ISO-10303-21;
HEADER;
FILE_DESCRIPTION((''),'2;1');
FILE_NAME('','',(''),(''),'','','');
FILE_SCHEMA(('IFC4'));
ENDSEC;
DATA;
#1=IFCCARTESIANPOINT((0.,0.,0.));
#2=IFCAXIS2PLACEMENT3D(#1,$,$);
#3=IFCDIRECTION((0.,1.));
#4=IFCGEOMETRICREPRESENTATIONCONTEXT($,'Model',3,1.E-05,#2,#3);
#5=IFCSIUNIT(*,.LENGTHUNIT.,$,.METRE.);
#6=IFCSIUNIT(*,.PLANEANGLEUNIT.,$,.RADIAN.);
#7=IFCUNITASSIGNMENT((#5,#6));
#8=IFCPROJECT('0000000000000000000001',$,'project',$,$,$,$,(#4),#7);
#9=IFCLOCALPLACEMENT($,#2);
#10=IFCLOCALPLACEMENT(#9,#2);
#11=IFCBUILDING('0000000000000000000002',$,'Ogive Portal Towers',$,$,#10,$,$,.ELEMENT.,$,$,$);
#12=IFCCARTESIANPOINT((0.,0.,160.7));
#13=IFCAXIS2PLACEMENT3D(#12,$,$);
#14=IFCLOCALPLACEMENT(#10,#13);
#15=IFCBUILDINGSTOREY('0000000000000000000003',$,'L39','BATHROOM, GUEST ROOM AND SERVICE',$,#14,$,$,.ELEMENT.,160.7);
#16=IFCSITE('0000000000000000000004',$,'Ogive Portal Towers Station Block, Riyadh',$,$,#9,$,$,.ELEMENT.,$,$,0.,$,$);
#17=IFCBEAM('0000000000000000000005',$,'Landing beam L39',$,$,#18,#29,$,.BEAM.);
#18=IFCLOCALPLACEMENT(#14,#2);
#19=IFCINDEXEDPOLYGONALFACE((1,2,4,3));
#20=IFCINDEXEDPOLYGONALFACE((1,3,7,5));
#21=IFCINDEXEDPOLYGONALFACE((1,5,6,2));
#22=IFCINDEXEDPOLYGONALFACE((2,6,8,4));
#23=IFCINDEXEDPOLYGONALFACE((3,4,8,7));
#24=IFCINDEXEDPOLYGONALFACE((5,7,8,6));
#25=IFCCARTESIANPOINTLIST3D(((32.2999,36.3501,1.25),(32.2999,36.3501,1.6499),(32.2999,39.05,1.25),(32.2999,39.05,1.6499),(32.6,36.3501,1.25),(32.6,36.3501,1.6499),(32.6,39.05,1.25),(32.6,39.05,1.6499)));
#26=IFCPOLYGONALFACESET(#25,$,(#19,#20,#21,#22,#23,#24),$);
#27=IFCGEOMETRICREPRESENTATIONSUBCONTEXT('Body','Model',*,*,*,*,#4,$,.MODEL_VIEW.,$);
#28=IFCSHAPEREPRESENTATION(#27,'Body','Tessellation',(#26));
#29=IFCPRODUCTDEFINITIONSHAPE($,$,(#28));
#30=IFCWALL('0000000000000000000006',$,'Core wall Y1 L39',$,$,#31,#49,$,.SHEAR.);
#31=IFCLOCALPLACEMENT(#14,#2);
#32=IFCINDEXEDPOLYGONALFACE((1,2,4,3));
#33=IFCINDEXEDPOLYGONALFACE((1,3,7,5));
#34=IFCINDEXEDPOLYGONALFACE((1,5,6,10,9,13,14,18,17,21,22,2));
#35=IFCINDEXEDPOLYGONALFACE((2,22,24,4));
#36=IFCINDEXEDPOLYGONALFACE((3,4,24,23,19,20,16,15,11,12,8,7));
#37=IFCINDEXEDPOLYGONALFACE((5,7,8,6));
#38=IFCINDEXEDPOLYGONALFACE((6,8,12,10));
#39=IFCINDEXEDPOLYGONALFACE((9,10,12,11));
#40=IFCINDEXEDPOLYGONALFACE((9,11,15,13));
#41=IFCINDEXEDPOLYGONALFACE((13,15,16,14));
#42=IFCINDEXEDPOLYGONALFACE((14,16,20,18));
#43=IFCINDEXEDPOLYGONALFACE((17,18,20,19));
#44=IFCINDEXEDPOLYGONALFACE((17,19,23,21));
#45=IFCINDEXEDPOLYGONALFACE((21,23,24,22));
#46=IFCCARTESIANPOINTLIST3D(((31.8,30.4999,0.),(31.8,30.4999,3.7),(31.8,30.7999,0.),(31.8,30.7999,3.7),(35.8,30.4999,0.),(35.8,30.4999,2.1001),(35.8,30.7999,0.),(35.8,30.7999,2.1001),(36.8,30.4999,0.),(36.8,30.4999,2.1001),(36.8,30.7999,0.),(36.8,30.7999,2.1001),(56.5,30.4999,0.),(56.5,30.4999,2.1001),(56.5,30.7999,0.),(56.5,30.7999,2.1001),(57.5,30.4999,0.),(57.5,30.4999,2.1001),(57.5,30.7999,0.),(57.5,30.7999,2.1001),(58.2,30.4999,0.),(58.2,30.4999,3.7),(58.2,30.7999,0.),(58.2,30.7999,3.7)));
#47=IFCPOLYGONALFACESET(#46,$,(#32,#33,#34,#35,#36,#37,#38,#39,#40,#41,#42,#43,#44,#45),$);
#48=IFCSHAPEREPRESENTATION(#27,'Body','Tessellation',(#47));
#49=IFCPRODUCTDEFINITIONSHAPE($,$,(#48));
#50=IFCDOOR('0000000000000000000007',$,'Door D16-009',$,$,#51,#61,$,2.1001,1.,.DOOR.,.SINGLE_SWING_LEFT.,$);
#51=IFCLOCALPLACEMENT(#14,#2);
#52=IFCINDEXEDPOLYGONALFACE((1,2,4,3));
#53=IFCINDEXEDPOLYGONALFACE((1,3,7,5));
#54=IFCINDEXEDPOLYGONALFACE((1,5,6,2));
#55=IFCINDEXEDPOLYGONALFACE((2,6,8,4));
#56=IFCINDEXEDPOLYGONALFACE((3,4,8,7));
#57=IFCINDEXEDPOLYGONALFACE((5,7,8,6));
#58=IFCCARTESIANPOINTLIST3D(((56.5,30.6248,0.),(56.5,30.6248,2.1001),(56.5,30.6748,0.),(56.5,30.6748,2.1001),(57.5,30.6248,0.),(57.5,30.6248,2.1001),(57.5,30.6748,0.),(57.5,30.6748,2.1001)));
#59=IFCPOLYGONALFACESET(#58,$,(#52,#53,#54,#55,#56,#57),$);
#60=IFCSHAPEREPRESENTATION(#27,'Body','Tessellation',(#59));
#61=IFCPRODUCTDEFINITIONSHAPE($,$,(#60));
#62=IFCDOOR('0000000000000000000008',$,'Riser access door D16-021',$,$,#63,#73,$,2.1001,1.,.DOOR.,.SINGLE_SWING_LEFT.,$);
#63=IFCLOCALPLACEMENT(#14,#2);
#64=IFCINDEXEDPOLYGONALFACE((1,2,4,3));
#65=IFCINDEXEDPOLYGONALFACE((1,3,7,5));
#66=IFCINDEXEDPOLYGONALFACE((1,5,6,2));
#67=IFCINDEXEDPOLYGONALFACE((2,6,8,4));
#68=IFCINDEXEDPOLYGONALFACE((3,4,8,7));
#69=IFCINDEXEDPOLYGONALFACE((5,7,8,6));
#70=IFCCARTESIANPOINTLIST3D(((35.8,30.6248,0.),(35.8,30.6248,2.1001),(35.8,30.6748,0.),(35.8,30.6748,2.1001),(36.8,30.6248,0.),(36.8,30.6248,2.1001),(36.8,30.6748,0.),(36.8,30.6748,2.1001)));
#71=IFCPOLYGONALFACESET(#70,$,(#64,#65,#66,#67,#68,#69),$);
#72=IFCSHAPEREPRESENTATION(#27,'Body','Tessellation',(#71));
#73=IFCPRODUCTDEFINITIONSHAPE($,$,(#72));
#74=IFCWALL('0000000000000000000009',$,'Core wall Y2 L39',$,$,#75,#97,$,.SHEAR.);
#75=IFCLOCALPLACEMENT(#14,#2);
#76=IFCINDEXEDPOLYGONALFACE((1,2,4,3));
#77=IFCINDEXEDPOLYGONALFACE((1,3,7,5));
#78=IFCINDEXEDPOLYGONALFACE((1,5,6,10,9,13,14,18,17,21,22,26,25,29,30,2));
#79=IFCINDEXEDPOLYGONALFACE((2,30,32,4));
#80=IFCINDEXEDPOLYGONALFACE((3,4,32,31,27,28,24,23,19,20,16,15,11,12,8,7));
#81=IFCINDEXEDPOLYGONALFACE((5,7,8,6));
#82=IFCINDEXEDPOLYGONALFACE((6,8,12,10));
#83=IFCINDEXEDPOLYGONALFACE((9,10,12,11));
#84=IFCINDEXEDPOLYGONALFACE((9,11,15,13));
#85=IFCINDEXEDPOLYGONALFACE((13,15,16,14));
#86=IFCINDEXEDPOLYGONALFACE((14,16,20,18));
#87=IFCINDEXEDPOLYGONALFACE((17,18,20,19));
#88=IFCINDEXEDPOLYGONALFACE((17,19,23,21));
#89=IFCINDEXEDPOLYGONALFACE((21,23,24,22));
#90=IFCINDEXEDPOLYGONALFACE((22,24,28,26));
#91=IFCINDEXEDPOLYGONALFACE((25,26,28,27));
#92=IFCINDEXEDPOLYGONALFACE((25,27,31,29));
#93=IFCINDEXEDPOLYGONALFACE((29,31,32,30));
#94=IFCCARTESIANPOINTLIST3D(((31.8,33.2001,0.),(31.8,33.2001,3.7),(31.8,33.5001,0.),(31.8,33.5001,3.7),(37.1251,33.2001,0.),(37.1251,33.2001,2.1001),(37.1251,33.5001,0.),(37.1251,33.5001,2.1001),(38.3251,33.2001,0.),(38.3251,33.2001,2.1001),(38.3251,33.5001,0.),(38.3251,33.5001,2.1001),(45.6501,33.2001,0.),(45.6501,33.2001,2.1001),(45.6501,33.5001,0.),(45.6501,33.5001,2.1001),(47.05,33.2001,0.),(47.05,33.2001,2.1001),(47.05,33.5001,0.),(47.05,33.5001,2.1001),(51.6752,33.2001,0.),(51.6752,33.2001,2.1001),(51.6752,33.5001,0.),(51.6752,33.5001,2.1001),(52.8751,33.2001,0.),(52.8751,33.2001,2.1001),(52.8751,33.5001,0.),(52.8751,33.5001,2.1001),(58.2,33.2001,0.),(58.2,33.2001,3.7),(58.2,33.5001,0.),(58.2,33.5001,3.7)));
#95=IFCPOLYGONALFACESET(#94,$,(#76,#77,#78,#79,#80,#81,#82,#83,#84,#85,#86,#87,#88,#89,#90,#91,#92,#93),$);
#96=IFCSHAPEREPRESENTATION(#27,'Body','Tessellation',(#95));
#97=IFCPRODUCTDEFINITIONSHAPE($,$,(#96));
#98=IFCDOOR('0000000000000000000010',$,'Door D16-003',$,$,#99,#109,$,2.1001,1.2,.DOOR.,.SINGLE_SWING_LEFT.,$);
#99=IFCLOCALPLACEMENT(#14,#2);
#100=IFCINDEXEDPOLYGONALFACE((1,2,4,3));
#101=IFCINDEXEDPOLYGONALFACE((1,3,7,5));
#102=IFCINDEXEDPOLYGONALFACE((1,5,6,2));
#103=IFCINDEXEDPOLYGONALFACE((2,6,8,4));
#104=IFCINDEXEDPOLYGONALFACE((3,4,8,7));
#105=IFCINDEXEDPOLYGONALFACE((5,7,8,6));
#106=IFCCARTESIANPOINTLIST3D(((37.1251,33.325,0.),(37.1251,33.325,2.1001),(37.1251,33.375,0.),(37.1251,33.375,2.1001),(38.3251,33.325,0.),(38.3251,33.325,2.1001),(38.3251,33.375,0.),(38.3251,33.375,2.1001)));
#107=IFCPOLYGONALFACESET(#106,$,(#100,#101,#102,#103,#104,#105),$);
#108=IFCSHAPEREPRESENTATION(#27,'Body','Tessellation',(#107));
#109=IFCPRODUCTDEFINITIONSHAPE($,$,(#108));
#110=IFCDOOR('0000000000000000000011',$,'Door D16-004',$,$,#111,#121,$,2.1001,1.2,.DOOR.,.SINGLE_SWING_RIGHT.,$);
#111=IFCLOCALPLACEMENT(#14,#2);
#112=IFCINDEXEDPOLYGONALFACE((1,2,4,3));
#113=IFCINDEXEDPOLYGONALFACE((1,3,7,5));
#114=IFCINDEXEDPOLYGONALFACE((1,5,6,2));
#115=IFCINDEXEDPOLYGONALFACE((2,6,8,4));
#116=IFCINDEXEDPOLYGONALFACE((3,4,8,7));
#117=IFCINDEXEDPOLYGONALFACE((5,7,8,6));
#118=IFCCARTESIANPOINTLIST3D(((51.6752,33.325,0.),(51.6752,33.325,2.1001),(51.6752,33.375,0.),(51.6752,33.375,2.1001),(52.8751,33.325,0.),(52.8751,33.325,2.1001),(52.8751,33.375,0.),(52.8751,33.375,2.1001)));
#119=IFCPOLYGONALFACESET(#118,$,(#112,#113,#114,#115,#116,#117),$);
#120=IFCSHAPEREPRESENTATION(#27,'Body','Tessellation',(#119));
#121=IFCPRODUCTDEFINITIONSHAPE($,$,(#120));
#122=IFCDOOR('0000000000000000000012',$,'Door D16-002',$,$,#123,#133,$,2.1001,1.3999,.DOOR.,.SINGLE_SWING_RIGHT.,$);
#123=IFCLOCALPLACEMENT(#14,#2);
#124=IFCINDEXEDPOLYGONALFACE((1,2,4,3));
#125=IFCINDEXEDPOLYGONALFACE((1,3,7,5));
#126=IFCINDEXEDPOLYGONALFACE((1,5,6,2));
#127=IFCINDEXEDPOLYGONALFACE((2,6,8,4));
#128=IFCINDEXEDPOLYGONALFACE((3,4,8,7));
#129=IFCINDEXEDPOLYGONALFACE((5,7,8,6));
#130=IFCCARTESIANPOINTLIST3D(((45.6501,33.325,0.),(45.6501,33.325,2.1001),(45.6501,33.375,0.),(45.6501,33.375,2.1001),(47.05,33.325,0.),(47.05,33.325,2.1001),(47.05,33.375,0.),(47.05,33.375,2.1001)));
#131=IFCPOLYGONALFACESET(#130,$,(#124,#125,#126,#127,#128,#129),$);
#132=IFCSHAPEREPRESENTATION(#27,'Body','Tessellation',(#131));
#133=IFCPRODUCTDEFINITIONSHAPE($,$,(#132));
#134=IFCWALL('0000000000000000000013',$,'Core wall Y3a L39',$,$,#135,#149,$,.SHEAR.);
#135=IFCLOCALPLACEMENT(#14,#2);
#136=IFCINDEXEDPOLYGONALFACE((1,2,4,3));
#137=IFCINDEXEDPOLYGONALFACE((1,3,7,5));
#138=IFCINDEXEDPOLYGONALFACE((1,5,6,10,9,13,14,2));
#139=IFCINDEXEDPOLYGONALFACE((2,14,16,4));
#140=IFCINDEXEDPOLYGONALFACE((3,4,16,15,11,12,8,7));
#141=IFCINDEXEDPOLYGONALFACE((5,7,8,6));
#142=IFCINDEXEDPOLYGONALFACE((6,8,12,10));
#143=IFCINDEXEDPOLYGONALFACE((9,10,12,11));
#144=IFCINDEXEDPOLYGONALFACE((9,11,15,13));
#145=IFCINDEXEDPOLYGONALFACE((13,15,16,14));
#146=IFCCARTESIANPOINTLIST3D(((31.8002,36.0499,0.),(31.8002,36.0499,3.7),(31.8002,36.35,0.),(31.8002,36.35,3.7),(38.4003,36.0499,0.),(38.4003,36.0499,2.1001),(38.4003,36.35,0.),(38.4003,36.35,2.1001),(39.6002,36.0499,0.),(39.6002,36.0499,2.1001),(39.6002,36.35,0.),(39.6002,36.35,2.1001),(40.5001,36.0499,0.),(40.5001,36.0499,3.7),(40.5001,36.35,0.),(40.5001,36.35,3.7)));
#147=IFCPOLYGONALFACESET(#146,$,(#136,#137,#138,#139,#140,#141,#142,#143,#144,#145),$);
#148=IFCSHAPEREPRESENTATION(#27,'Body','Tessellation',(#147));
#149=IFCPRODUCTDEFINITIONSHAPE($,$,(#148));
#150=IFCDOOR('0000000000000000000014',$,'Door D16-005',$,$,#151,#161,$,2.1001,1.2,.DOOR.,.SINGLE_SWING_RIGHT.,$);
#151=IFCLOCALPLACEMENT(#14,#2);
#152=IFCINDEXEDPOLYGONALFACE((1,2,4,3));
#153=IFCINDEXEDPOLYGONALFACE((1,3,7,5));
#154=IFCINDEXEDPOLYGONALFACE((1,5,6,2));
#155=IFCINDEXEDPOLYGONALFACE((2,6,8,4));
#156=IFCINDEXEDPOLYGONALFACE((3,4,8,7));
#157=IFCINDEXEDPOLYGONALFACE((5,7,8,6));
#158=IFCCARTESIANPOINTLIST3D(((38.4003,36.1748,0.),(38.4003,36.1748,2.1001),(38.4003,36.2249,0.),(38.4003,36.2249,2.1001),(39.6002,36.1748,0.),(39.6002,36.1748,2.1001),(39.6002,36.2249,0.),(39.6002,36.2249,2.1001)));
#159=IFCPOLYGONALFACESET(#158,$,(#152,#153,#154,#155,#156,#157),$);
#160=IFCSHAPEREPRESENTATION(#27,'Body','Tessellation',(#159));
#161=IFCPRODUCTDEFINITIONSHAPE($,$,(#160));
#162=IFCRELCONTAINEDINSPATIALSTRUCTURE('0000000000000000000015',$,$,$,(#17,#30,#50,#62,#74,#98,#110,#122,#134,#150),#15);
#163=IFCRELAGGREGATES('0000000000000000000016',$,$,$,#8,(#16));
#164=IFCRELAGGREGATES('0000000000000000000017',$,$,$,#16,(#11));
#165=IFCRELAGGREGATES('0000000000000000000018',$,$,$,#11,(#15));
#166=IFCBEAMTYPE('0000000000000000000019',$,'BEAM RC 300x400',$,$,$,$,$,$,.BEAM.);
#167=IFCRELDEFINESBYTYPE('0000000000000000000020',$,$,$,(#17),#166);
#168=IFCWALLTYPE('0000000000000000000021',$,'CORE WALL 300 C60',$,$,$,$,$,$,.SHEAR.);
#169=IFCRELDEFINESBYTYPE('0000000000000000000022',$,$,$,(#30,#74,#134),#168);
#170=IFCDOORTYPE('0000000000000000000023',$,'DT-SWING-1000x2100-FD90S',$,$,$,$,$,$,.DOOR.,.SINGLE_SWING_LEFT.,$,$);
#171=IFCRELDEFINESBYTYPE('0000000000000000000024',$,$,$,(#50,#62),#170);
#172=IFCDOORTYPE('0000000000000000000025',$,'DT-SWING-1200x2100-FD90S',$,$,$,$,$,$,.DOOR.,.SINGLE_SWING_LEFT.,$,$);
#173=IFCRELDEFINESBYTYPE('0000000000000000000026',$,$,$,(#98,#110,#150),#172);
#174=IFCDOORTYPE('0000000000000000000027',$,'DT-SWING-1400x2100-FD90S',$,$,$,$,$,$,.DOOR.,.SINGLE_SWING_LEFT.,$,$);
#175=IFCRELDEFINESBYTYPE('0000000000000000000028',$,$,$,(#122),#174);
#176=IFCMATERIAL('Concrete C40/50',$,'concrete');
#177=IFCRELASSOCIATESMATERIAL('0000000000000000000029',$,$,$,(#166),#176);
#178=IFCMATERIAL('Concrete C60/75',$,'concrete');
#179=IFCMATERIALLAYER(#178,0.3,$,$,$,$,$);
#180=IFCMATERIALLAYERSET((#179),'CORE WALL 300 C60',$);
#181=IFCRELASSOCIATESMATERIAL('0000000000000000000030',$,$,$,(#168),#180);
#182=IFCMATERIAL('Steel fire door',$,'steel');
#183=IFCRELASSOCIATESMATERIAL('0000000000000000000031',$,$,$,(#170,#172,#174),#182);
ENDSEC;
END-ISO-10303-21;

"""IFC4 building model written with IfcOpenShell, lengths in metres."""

from ifc_helpers import new_model, si_unit, direction, frame, frame_2d, origin, origin_2d, place, context, subcontext, project, spatial, rectangle, extrude, material, layer, layer_set, material_profile, profile_set, type_object, element, fill, save


model = new_model("IFC4")

# Units and contexts
model_context = context("Model", 3, precision=1e-05, world=origin(), true_north=direction((0.0, 1.0)))
body_context = subcontext(model_context, "Body", "Model", "MODEL_VIEW")
ifc_project = project(units=[si_unit("LENGTHUNIT", "METRE"), si_unit("PLANEANGLEUNIT", "RADIAN")], contexts=[model_context])

# Site, building, storey
site_placement = place(None, origin())
site = spatial("IfcSite", under=ifc_project, at=site_placement, Name="Ogive Portal Towers Station Block, Riyadh", CompositionType="ELEMENT", RefElevation=0.0)
building_placement = place(site_placement, origin())
building = spatial("IfcBuilding", under=site, at=building_placement, Name="Ogive Portal Towers", CompositionType="ELEMENT")
storey_placement = place(building_placement, frame((0.0, 0.0, 160.7)))
storey = spatial("IfcBuildingStorey", under=building, at=storey_placement, Name="L39", Description="BATHROOM, GUEST ROOM AND SERVICE", CompositionType="ELEMENT", Elevation=160.7)

# Beam
ifc_material_1 = material(Name="Concrete C40/50", Category="concrete")
ifc_material_profile = material_profile(ifc_material_1, rectangle(XDim=0.3, YDim=0.3999, at=origin_2d()), Name="RC 300x400")
ifc_profile_set = profile_set([ifc_material_profile], Name="Concrete C40/50")
beam_type = type_object("IfcBeamType", Name="BEAM RC 300x400", PredefinedType="BEAM", material=ifc_profile_set)
beam_placement = place(storey_placement, frame((32.45, 36.3501, 1.45), z_axis=(0.0, 1.0, 0.0), x_axis=(-1.0, 0.0, 0.0)))
element("IfcBeam", 1, at=beam_placement, inside=storey, type_object=beam_type, Name="Landing beam L39", PredefinedType="BEAM", context=body_context, shape_type="SweptSolid", body=[
    extrude(rectangle(XDim=0.3, YDim=0.3999, at=origin_2d()), origin(), (0.0, 0.0, 1.0), 2.7),
])

# Walls, openings, doors
ifc_material_2 = material(Name="Concrete C60/75", Category="concrete")
ifc_layer_1 = layer(ifc_material_2, 0.3)
ifc_layer_set_1 = layer_set([ifc_layer_1], Name="CORE WALL 300 C60")
wall_type_1 = type_object("IfcWallType", Name="CORE WALL 300 C60", PredefinedType="SHEAR", material=ifc_layer_set_1)
wall_1_placement = place(storey_placement, frame((31.8, 30.6499, 0.0), z_axis=(0.0, 0.0, 1.0), x_axis=(1.0, 0.0, 0.0)))
wall_1 = element("IfcWall", 2, at=wall_1_placement, inside=storey, type_object=wall_type_1, Name="Core wall Y1 L39", PredefinedType="SHEAR", context=body_context, shape_type="SweptSolid", body=[
    extrude(rectangle(XDim=26.3999, YDim=0.3, at=frame_2d((13.2, 0.0))), origin(), (0.0, 0.0, 1.0), 3.7),
])
opening_1_placement = place(wall_1_placement, frame((24.7, 0.0, 0.0)))
opening_1 = element("IfcOpeningElement", 3, at=opening_1_placement, cuts=wall_1, PredefinedType="OPENING", context=body_context, shape_type="SweptSolid", body=[
    extrude(rectangle(XDim=1.0, YDim=2.1001, at=frame_2d((0.5, 1.05))), frame((0.0, 0.1602, 0.0), z_axis=(0.0, -1.0, 0.0), x_axis=(1.0, 0.0, 0.0)), (0.0, 0.0, 1.0), 0.3201),
])
opening_2_placement = place(wall_1_placement, frame((4.0, 0.0, 0.0)))
opening_2 = element("IfcOpeningElement", 4, at=opening_2_placement, cuts=wall_1, PredefinedType="OPENING", context=body_context, shape_type="SweptSolid", body=[
    extrude(rectangle(XDim=1.0, YDim=2.1001, at=frame_2d((0.5, 1.05))), frame((0.0, 0.1602, 0.0), z_axis=(0.0, -1.0, 0.0), x_axis=(1.0, 0.0, 0.0)), (0.0, 0.0, 1.0), 0.3201),
])
ifc_material_3 = material(Name="Steel fire door", Category="steel")
door_type_1 = type_object("IfcDoorType", Name="DT-SWING-1000x2100-FD90S", OperationType="SINGLE_SWING_LEFT", PredefinedType="DOOR", material=ifc_material_3)
door_1_placement = place(opening_1_placement, origin())
door_1 = element("IfcDoor", 5, at=door_1_placement, inside=storey, type_object=door_type_1, Name="Door D16-009", OperationType="SINGLE_SWING_LEFT", OverallHeight=2.1001, OverallWidth=1.0, PredefinedType="DOOR", context=body_context, shape_type="SweptSolid", body=[
    extrude(rectangle(XDim=1.0, YDim=2.1001, at=frame_2d((0.5, 1.05))), frame((0.0, 0.0249, 0.0), z_axis=(0.0, -1.0, 0.0), x_axis=(1.0, 0.0, 0.0)), (0.0, 0.0, 1.0), 0.05),
])
fill(opening_1, door_1)
door_2_placement = place(opening_2_placement, origin())
door_2 = element("IfcDoor", 6, at=door_2_placement, inside=storey, type_object=door_type_1, Name="Riser access door D16-021", OperationType="SINGLE_SWING_LEFT", OverallHeight=2.1001, OverallWidth=1.0, PredefinedType="DOOR", context=body_context, shape_type="SweptSolid", body=[
    extrude(rectangle(XDim=1.0, YDim=2.1001, at=frame_2d((0.5, 1.05))), frame((0.0, 0.0249, 0.0), z_axis=(0.0, -1.0, 0.0), x_axis=(1.0, 0.0, 0.0)), (0.0, 0.0, 1.0), 0.05),
])
fill(opening_2, door_2)
wall_2_placement = place(storey_placement, frame((31.8, 33.3501, 0.0), z_axis=(0.0, 0.0, 1.0), x_axis=(1.0, 0.0, 0.0)))
wall_2 = element("IfcWall", 7, at=wall_2_placement, inside=storey, type_object=wall_type_1, Name="Core wall Y2 L39", PredefinedType="SHEAR", context=body_context, shape_type="SweptSolid", body=[
    extrude(rectangle(XDim=26.3999, YDim=0.3, at=frame_2d((13.2, 0.0))), origin(), (0.0, 0.0, 1.0), 3.7),
])
opening_3_placement = place(wall_2_placement, frame((13.8501, 0.0, 0.0)))
opening_3 = element("IfcOpeningElement", 8, at=opening_3_placement, cuts=wall_2, PredefinedType="OPENING", context=body_context, shape_type="SweptSolid", body=[
    extrude(rectangle(XDim=1.3999, YDim=2.1001, at=frame_2d((0.7, 1.05))), frame((0.0, 0.1602, 0.0), z_axis=(0.0, -1.0, 0.0), x_axis=(1.0, 0.0, 0.0)), (0.0, 0.0, 1.0), 0.3201),
])
opening_4_placement = place(wall_2_placement, frame((5.325, 0.0, 0.0)))
opening_4 = element("IfcOpeningElement", 9, at=opening_4_placement, cuts=wall_2, PredefinedType="OPENING", context=body_context, shape_type="SweptSolid", body=[
    extrude(rectangle(XDim=1.2, YDim=2.1001, at=frame_2d((0.6001, 1.05))), frame((0.0, 0.1602, 0.0), z_axis=(0.0, -1.0, 0.0), x_axis=(1.0, 0.0, 0.0)), (0.0, 0.0, 1.0), 0.3201),
])
opening_5_placement = place(wall_2_placement, frame((19.875, 0.0, 0.0)))
opening_5 = element("IfcOpeningElement", 10, at=opening_5_placement, cuts=wall_2, PredefinedType="OPENING", context=body_context, shape_type="SweptSolid", body=[
    extrude(rectangle(XDim=1.2, YDim=2.1001, at=frame_2d((0.6001, 1.05))), frame((0.0, 0.1602, 0.0), z_axis=(0.0, -1.0, 0.0), x_axis=(1.0, 0.0, 0.0)), (0.0, 0.0, 1.0), 0.3201),
])
door_type_2 = type_object("IfcDoorType", Name="DT-SWING-1200x2100-FD90S", OperationType="SINGLE_SWING_LEFT", PredefinedType="DOOR", material=ifc_material_3)
door_3_placement = place(opening_4_placement, origin())
door_3 = element("IfcDoor", 11, at=door_3_placement, inside=storey, type_object=door_type_2, Name="Door D16-003", OperationType="SINGLE_SWING_LEFT", OverallHeight=2.1001, OverallWidth=1.2, PredefinedType="DOOR", context=body_context, shape_type="SweptSolid", body=[
    extrude(rectangle(XDim=1.2, YDim=2.1001, at=frame_2d((0.6001, 1.05))), frame((0.0, 0.0249, 0.0), z_axis=(0.0, -1.0, 0.0), x_axis=(1.0, 0.0, 0.0)), (0.0, 0.0, 1.0), 0.05),
])
fill(opening_4, door_3)
door_4_placement = place(opening_5_placement, origin())
door_4 = element("IfcDoor", 12, at=door_4_placement, inside=storey, type_object=door_type_2, Name="Door D16-004", OperationType="SINGLE_SWING_RIGHT", OverallHeight=2.1001, OverallWidth=1.2, PredefinedType="DOOR", context=body_context, shape_type="SweptSolid", body=[
    extrude(rectangle(XDim=1.2, YDim=2.1001, at=frame_2d((0.6001, 1.05))), frame((0.0, 0.0249, 0.0), z_axis=(0.0, -1.0, 0.0), x_axis=(1.0, 0.0, 0.0)), (0.0, 0.0, 1.0), 0.05),
])
fill(opening_5, door_4)
door_type_3 = type_object("IfcDoorType", Name="DT-SWING-1400x2100-FD90S", OperationType="SINGLE_SWING_LEFT", PredefinedType="DOOR", material=ifc_material_3)
door_5_placement = place(opening_3_placement, origin())
door_5 = element("IfcDoor", 13, at=door_5_placement, inside=storey, type_object=door_type_3, Name="Door D16-002", OperationType="SINGLE_SWING_RIGHT", OverallHeight=2.1001, OverallWidth=1.3999, PredefinedType="DOOR", context=body_context, shape_type="SweptSolid", body=[
    extrude(rectangle(XDim=1.3999, YDim=2.1001, at=frame_2d((0.7, 1.05))), frame((0.0, 0.0249, 0.0), z_axis=(0.0, -1.0, 0.0), x_axis=(1.0, 0.0, 0.0)), (0.0, 0.0, 1.0), 0.05),
])
fill(opening_3, door_5)

# Wall, opening, door
wall_3_placement = place(storey_placement, frame((31.8, 36.2, 0.0), z_axis=(0.0, 0.0, 1.0), x_axis=(1.0, 0.0, 0.0)))
wall_3 = element("IfcWall", 14, at=wall_3_placement, inside=storey, type_object=wall_type_1, Name="Core wall Y3a L39", PredefinedType="SHEAR", context=body_context, shape_type="SweptSolid", body=[
    extrude(rectangle(XDim=8.7, YDim=0.3, at=frame_2d((4.3501, 0.0))), origin(), (0.0, 0.0, 1.0), 3.7),
])
opening_6_placement = place(wall_3_placement, frame((6.6001, 0.0, 0.0)))
opening_6 = element("IfcOpeningElement", 15, at=opening_6_placement, cuts=wall_3, PredefinedType="OPENING", context=body_context, shape_type="SweptSolid", body=[
    extrude(rectangle(XDim=1.2, YDim=2.1001, at=frame_2d((0.6001, 1.05))), frame((0.0, 0.1602, 0.0), z_axis=(0.0, -1.0, 0.0), x_axis=(1.0, 0.0, 0.0)), (0.0, 0.0, 1.0), 0.3201),
])
door_6_placement = place(opening_6_placement, origin())
door_6 = element("IfcDoor", 16, at=door_6_placement, inside=storey, type_object=door_type_2, Name="Door D16-005", OperationType="SINGLE_SWING_RIGHT", OverallHeight=2.1001, OverallWidth=1.2, PredefinedType="DOOR", context=body_context, shape_type="SweptSolid", body=[
    extrude(rectangle(XDim=1.2, YDim=2.1001, at=frame_2d((0.6001, 1.05))), frame((0.0, 0.0249, 0.0), z_axis=(0.0, -1.0, 0.0), x_axis=(1.0, 0.0, 0.0)), (0.0, 0.0, 1.0), 0.05),
])
fill(opening_6, door_6)

save(model, "model.ifc")
